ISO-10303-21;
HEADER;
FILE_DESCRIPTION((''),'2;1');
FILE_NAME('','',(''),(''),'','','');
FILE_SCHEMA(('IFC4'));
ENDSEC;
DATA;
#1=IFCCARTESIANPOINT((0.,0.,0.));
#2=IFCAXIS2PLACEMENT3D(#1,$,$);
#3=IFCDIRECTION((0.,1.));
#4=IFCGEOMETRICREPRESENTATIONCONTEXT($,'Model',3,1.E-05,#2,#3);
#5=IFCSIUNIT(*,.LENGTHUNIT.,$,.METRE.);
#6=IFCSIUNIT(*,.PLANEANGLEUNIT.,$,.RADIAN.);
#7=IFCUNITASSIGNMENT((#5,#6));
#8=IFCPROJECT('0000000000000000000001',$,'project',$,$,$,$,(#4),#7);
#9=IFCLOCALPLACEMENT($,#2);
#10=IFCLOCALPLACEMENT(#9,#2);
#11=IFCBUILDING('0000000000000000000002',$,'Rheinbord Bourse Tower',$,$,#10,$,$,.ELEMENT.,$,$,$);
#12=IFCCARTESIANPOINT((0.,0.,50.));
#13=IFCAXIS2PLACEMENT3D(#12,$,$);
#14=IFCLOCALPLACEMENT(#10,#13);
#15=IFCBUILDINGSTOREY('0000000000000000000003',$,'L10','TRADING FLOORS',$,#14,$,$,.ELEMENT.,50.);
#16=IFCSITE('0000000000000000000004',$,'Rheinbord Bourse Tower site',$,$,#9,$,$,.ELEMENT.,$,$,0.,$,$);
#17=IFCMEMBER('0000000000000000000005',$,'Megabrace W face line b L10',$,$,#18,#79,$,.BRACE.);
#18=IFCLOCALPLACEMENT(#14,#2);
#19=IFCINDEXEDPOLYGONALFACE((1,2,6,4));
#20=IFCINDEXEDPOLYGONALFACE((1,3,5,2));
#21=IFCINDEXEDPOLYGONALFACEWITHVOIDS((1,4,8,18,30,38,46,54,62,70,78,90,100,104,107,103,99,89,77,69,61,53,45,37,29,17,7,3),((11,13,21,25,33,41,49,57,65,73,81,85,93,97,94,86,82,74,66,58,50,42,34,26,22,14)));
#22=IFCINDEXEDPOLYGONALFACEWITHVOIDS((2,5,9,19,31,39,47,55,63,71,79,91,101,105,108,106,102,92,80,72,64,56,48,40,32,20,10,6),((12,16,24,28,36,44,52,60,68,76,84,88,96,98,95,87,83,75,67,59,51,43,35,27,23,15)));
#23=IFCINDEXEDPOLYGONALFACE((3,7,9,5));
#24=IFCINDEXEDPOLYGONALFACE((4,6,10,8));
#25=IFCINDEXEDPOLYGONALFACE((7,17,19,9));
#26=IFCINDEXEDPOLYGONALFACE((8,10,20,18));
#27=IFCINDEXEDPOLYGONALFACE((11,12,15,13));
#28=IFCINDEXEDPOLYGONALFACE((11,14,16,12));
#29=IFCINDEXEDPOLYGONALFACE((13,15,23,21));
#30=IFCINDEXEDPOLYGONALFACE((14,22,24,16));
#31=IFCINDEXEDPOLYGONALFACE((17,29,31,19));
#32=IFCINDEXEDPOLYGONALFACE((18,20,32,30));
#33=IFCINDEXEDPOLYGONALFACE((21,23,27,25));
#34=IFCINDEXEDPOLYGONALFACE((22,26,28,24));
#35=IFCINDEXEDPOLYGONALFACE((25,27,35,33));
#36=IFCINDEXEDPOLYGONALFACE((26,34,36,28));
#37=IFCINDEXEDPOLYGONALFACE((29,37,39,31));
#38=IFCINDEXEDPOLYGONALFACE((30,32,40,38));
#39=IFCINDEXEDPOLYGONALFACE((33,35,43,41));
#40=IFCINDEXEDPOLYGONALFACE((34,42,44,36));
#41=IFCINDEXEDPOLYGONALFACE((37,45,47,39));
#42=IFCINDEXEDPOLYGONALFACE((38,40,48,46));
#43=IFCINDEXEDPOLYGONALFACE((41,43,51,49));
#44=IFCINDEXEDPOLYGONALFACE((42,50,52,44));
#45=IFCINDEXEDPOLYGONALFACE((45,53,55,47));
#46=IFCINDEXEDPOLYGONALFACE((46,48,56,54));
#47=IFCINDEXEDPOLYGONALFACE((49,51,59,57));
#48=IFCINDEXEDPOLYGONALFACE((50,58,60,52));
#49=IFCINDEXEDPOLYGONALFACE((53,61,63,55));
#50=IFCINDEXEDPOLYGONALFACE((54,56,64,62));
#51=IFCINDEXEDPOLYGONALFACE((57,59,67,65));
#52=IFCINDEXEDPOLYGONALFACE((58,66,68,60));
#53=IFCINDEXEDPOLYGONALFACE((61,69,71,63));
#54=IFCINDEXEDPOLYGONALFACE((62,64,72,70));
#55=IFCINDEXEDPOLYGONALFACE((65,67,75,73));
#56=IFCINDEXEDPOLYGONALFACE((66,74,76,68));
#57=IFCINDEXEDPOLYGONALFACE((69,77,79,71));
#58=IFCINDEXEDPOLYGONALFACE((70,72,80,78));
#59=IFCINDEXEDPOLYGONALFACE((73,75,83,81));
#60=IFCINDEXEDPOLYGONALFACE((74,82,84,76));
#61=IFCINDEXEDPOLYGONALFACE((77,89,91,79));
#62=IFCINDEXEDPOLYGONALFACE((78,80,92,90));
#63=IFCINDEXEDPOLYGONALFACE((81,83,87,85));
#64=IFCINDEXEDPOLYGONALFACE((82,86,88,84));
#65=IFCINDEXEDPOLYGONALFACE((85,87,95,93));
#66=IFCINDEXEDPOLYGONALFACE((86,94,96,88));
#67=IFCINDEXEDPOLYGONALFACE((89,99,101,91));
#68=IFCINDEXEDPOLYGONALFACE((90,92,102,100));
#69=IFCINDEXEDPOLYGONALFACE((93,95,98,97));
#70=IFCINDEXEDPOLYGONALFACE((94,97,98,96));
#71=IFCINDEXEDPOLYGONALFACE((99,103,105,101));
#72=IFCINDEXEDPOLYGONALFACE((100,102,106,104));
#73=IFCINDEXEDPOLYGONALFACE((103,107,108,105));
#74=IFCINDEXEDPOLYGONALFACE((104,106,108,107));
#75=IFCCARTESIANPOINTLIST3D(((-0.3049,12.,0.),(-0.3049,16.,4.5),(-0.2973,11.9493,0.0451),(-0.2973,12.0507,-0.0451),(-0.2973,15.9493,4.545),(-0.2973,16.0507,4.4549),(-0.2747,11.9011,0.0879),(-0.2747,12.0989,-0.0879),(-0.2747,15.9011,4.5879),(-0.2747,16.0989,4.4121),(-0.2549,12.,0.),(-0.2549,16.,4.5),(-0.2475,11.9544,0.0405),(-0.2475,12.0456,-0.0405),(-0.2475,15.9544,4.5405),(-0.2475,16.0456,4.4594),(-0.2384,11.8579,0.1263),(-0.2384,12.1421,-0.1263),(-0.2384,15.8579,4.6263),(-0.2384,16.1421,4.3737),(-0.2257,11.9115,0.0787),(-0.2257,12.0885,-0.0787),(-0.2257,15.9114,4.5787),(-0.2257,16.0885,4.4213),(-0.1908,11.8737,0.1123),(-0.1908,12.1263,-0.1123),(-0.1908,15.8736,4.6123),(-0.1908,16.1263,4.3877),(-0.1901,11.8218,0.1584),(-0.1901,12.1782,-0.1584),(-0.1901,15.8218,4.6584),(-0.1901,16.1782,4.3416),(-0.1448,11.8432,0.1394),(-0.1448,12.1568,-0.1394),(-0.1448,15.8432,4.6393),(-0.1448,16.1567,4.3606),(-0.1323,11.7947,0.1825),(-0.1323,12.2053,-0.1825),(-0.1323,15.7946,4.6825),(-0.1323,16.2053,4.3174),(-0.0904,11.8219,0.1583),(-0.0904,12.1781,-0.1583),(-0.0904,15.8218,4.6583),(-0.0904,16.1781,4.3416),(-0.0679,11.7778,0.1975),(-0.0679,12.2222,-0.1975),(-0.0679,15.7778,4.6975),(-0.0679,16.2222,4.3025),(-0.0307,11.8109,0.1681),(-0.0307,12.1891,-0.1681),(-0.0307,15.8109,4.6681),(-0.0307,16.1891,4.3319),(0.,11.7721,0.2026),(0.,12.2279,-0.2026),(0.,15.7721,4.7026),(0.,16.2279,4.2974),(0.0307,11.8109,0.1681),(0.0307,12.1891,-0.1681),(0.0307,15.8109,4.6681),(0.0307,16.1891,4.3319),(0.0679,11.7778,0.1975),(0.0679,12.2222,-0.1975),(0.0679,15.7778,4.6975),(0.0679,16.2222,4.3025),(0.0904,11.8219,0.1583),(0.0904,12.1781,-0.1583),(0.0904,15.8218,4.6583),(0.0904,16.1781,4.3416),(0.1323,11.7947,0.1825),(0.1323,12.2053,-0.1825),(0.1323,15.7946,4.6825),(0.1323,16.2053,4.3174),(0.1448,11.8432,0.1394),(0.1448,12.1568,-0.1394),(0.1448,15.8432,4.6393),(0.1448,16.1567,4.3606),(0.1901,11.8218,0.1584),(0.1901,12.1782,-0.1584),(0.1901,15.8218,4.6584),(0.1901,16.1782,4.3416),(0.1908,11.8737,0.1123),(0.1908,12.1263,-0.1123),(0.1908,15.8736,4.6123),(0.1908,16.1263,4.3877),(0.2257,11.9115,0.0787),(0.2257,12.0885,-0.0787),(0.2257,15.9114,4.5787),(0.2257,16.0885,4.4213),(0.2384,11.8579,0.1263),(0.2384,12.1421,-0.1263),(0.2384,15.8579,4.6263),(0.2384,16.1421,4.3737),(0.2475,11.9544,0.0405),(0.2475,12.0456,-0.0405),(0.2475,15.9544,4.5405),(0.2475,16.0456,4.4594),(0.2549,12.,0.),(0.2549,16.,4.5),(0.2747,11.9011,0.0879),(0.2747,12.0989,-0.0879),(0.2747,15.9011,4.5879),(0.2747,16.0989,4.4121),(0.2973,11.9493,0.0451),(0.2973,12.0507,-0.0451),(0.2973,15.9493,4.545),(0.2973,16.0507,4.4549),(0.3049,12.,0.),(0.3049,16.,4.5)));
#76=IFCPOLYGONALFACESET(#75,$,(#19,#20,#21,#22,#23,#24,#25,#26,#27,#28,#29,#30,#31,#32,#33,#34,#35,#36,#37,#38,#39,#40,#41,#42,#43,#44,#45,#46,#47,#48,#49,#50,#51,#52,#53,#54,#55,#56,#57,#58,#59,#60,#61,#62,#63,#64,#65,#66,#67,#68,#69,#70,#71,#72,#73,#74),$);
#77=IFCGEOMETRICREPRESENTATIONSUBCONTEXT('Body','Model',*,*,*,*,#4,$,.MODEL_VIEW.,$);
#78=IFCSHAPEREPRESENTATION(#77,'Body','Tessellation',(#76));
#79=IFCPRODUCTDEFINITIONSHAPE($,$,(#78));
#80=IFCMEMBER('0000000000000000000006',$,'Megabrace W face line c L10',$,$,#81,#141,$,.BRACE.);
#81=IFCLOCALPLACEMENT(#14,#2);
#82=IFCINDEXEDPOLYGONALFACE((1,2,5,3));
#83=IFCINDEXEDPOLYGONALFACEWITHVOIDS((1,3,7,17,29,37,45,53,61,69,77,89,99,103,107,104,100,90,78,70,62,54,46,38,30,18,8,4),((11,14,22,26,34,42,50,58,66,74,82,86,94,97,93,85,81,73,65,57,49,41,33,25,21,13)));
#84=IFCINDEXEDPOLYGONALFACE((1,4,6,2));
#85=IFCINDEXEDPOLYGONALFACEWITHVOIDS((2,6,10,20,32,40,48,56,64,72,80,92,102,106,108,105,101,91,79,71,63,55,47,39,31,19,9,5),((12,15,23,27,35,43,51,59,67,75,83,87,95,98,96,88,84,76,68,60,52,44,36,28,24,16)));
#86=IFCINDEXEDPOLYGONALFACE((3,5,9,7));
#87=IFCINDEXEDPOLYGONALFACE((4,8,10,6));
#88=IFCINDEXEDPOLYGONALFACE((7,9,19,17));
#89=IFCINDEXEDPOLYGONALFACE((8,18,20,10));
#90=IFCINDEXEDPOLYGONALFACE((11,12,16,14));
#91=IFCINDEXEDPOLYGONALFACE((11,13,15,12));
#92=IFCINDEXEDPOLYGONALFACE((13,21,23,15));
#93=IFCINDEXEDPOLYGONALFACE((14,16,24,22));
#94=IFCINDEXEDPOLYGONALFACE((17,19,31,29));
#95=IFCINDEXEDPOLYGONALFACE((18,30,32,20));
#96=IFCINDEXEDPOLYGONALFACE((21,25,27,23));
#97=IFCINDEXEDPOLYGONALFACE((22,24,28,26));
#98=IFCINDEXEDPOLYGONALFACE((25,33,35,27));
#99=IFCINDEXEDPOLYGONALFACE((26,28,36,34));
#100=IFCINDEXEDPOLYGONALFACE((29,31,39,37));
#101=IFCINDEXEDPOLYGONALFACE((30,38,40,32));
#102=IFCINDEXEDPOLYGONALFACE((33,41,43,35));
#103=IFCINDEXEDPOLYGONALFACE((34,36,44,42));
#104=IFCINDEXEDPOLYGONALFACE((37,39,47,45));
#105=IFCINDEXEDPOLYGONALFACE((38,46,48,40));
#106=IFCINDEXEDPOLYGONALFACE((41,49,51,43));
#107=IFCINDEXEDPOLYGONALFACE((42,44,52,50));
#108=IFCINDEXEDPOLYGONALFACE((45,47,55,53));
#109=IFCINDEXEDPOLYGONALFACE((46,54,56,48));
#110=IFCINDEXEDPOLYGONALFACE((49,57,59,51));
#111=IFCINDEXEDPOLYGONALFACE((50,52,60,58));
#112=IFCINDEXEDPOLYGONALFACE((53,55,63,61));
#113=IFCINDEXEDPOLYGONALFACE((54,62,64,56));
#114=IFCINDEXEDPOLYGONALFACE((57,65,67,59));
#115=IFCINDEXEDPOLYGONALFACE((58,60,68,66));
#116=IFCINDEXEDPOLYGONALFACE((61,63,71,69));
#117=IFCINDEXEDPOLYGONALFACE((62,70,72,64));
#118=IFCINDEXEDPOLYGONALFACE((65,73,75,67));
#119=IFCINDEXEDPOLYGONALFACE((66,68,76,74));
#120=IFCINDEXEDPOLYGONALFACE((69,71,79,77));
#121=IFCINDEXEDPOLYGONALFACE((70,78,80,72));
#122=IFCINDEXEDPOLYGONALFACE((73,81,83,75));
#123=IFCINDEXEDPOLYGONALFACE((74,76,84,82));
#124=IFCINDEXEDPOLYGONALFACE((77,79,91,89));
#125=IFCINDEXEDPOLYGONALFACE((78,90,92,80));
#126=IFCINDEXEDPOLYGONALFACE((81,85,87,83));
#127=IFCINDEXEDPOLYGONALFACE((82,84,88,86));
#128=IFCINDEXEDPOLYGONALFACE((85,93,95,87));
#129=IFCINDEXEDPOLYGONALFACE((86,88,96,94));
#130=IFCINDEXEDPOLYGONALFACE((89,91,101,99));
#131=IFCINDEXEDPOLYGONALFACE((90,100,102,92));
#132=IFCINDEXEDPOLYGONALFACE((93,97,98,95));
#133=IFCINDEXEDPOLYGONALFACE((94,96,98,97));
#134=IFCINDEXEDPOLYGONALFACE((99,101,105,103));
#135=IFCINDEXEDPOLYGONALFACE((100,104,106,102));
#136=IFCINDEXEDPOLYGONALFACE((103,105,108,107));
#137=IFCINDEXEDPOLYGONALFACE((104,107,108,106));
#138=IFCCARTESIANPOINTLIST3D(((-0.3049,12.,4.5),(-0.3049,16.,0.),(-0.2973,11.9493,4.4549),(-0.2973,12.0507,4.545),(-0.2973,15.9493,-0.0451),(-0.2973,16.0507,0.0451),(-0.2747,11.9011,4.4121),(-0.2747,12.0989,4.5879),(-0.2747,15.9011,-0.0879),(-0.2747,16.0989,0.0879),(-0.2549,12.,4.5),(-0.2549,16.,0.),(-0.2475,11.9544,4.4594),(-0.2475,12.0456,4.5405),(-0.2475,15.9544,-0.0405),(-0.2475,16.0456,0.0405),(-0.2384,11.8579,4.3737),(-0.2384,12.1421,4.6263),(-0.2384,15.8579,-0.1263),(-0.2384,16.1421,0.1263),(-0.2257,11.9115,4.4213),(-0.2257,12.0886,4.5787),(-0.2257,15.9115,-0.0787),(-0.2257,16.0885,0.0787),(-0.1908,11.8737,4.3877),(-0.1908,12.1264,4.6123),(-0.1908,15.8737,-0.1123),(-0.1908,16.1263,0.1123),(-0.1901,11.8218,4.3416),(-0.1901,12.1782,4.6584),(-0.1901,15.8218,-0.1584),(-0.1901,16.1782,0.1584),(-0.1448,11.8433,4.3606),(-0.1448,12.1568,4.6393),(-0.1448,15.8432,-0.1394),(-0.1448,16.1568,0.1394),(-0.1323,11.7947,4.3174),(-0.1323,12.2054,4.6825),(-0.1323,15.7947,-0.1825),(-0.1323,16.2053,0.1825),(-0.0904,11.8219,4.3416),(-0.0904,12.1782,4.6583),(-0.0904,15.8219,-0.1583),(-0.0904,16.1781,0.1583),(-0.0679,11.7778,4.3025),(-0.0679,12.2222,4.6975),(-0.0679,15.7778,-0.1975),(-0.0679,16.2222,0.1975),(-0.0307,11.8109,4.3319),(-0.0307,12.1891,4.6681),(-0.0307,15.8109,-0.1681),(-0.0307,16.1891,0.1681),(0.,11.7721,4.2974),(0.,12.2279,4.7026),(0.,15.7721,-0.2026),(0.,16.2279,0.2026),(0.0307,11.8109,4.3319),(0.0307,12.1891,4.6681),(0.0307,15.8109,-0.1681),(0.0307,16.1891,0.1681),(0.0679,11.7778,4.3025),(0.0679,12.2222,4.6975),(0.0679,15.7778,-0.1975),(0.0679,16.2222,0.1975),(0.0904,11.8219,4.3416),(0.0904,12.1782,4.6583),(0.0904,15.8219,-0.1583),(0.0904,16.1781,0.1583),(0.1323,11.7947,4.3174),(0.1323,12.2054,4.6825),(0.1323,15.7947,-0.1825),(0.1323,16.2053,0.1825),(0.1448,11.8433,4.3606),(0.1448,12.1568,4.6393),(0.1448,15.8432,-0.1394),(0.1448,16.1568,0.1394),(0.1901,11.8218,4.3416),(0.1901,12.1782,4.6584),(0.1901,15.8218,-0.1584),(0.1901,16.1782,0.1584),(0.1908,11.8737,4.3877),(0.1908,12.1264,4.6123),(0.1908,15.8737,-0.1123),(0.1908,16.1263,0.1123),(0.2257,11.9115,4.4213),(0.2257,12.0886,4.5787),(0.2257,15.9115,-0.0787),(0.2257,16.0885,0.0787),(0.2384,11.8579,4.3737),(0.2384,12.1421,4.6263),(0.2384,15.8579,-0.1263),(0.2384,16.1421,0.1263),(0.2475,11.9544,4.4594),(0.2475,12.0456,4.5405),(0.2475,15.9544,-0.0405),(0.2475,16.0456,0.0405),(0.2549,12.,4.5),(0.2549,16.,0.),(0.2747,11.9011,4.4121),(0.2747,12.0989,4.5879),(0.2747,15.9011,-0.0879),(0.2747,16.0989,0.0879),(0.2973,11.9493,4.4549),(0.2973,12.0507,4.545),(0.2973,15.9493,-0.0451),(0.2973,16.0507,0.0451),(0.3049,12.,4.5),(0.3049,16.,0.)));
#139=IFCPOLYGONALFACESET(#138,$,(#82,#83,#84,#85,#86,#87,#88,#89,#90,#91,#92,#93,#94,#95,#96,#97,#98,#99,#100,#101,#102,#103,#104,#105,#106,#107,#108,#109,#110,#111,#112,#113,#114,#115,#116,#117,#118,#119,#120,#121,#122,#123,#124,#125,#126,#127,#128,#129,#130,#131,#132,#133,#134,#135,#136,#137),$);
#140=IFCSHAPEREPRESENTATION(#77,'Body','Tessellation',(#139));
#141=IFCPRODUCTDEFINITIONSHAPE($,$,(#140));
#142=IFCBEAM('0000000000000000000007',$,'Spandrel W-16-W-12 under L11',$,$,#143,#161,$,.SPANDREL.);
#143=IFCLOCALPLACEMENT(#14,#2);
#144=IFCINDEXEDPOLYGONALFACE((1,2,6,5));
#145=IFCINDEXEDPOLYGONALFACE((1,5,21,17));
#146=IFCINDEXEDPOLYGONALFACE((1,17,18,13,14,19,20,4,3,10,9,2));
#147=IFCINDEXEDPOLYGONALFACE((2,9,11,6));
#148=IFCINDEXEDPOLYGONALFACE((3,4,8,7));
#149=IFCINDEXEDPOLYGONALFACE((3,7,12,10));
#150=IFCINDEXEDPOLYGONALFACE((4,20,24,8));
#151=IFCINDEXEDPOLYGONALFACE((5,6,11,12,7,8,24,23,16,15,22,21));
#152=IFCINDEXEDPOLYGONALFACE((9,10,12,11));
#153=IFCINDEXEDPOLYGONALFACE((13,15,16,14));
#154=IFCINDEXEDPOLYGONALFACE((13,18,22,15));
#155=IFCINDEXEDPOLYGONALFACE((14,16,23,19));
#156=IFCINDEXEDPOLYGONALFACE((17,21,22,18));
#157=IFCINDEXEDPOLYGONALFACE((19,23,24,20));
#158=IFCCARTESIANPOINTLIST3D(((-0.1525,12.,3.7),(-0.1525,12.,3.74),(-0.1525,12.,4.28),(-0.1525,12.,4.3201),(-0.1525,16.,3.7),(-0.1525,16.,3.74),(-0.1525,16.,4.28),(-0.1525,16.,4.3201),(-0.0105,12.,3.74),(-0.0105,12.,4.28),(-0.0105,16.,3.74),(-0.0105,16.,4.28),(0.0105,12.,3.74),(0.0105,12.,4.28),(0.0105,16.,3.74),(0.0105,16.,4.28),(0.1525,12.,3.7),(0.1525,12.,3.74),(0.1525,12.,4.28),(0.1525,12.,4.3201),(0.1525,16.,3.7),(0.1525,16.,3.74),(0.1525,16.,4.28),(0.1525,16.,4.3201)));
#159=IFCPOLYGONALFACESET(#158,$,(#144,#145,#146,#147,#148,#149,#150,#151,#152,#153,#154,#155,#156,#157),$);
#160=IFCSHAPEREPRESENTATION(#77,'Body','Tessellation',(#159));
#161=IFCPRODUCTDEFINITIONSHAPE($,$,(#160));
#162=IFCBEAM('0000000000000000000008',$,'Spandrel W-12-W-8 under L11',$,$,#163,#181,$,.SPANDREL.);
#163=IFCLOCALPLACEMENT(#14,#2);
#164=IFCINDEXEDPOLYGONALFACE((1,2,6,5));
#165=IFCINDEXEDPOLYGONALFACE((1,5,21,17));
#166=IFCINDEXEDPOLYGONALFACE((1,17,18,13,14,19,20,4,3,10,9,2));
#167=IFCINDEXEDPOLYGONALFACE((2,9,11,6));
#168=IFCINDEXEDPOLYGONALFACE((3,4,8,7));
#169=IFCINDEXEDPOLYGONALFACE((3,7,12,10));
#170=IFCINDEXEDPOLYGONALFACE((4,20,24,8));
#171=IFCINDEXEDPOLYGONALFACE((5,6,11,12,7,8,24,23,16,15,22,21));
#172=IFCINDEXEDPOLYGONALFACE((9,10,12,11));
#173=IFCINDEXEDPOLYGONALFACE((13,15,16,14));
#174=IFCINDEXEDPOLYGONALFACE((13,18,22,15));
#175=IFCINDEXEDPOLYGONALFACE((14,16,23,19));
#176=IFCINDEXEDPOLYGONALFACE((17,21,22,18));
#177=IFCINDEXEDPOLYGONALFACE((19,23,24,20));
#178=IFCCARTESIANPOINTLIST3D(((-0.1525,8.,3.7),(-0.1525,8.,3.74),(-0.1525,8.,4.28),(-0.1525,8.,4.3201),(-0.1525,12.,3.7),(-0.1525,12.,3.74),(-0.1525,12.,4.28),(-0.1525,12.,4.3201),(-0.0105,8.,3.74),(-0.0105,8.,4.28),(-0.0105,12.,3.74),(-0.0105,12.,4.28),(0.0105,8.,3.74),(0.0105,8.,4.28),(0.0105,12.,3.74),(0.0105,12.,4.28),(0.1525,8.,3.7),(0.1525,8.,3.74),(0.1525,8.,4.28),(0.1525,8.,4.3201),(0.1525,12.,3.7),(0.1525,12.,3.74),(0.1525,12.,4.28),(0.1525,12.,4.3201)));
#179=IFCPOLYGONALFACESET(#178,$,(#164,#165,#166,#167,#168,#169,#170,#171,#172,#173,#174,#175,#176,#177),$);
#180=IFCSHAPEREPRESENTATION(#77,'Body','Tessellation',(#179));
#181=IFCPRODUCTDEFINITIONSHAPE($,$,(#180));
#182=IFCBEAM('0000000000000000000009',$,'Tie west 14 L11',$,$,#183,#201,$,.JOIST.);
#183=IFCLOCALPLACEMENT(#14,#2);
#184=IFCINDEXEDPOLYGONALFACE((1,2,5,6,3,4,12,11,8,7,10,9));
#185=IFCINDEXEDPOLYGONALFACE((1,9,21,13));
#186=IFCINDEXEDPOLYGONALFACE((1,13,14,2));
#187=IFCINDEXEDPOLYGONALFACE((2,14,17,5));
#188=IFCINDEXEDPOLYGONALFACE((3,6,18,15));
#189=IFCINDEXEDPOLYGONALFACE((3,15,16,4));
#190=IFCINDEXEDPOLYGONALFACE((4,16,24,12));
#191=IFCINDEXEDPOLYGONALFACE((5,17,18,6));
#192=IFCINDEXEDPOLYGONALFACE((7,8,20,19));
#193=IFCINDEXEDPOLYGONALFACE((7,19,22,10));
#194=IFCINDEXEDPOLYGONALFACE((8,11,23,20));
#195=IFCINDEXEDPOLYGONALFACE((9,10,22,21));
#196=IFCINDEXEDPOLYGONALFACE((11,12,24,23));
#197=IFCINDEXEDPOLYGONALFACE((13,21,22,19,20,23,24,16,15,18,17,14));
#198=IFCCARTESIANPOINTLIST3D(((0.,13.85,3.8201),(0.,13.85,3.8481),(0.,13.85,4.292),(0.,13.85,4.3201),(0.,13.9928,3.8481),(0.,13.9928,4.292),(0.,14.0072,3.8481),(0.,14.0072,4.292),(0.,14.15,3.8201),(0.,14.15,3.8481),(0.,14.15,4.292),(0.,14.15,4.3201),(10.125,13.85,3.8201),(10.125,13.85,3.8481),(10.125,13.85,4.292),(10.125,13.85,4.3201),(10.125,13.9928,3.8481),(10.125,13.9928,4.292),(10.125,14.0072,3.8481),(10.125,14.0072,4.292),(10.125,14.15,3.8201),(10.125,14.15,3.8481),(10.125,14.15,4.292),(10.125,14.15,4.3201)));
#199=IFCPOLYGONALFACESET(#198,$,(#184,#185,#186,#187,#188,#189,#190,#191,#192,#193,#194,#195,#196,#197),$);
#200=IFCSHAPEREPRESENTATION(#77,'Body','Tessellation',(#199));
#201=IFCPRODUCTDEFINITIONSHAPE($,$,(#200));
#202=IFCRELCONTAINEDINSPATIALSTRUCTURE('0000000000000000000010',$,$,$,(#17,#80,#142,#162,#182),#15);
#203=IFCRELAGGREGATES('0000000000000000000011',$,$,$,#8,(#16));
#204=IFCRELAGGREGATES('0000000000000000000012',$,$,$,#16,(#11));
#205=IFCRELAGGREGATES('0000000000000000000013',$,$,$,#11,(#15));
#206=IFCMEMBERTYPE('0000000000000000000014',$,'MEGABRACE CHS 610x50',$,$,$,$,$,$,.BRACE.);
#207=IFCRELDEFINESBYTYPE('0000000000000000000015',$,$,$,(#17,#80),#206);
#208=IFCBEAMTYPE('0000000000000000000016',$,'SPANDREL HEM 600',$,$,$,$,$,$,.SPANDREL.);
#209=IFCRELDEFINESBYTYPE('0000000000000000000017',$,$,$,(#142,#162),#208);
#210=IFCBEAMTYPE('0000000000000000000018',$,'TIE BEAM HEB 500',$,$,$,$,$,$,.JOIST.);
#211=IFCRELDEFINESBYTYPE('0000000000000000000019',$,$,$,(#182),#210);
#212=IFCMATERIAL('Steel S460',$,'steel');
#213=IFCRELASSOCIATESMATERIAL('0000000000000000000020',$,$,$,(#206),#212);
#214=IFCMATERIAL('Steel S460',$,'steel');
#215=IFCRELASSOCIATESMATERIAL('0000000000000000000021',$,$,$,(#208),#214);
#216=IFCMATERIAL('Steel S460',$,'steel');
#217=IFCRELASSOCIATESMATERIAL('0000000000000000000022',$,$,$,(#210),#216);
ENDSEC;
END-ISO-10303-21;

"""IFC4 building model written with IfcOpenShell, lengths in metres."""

from ifc_helpers import new_model, si_unit, direction, frame, origin, origin_2d, place, context, subcontext, project, spatial, hollow_circle, i_section, extrude, material, material_profile, profile_set, type_object, element, save


model = new_model("IFC4")

# Units and contexts
model_context = context("Model", 3, precision=1e-05, world=origin(), true_north=direction((0.0, 1.0)))
body_context = subcontext(model_context, "Body", "Model", "MODEL_VIEW")
ifc_project = project(units=[si_unit("LENGTHUNIT", "METRE"), si_unit("PLANEANGLEUNIT", "RADIAN")], contexts=[model_context])

# Site, building, storey
site_placement = place(None, origin())
site = spatial("IfcSite", under=ifc_project, at=site_placement, Name="Rheinbord Bourse Tower site", CompositionType="ELEMENT", RefElevation=0.0)
building_placement = place(site_placement, origin())
building = spatial("IfcBuilding", under=site, at=building_placement, Name="Rheinbord Bourse Tower", CompositionType="ELEMENT")
storey_placement = place(building_placement, frame((0.0, 0.0, 50.0)))
storey = spatial("IfcBuildingStorey", under=building, at=storey_placement, Name="L10", Description="TRADING FLOORS", CompositionType="ELEMENT", Elevation=50.0)

# Members
ifc_material_1 = material(Name="Steel S460", Category="steel")
ifc_material_profile_1 = material_profile(ifc_material_1, hollow_circle(Radius=0.3049, WallThickness=0.05, at=origin_2d()), Name="CHS 610x50")
ifc_profile_set_1 = profile_set([ifc_material_profile_1], Name="Steel S460")
member_type_1 = type_object("IfcMemberType", Name="MEGABRACE CHS 610x50", PredefinedType="BRACE", material=ifc_profile_set_1)
for number, where, z_axis, x_axis, name in (
    (1, (0.0, 12.0, 0.0), (0.0, 0.664364, 0.747409), (-1.0, 0.0, 0.0), "Megabrace W face line b L10"),
    (2, (0.0, 16.0, 0.0), (0.0, -0.664364, 0.747409), (1.0, 0.0, 0.0), "Megabrace W face line c L10"),
):
    element("IfcMember", number, at=place(storey_placement, frame(where, z_axis=z_axis, x_axis=x_axis)), inside=storey, type_object=member_type_1, Name=name, PredefinedType="BRACE", context=body_context, shape_type="SweptSolid", body=[
        extrude(hollow_circle(Radius=0.3049, WallThickness=0.05, at=origin_2d()), origin(), (0.0, 0.0, 1.0), 6.0208),
    ])

# Beams
ifc_material_2 = material(Name="Steel S460", Category="steel")
ifc_material_profile_2 = material_profile(ifc_material_2, i_section(OverallWidth=0.3049, OverallDepth=0.6201, WebThickness=0.021, FlangeThickness=0.04, at=origin_2d()), Name="HEM 600")
ifc_profile_set_2 = profile_set([ifc_material_profile_2], Name="Steel S460")
beam_type_1 = type_object("IfcBeamType", Name="SPANDREL HEM 600", PredefinedType="SPANDREL", material=ifc_profile_set_2)
for number, where, z_axis, x_axis, name in (
    (3, (0.0, 16.0, 4.01), (0.0, -1.0, 0.0), (1.0, 0.0, 0.0), "Spandrel W-16-W-12 under L11"),
    (4, (0.0, 12.0, 4.01), (0.0, -1.0, 0.0), (1.0, 0.0, 0.0), "Spandrel W-12-W-8 under L11"),
):
    element("IfcBeam", number, at=place(storey_placement, frame(where, z_axis=z_axis, x_axis=x_axis)), inside=storey, type_object=beam_type_1, Name=name, PredefinedType="SPANDREL", context=body_context, shape_type="SweptSolid", body=[
        extrude(i_section(OverallWidth=0.3049, OverallDepth=0.6201, WebThickness=0.021, FlangeThickness=0.04, at=origin_2d()), origin(), (0.0, 0.0, 1.0), 4.0),
    ])
ifc_material_3 = material(Name="Steel S460", Category="steel")
ifc_material_profile_3 = material_profile(ifc_material_3, i_section(OverallWidth=0.3, OverallDepth=0.5, WebThickness=0.0144, FlangeThickness=0.0281, at=origin_2d()), Name="HEB 500")
ifc_profile_set_3 = profile_set([ifc_material_profile_3], Name="Steel S460")
beam_type_2 = type_object("IfcBeamType", Name="TIE BEAM HEB 500", PredefinedType="JOIST", material=ifc_profile_set_3)
beam_1_placement = place(storey_placement, frame((0.0, 14.0, 4.0701), z_axis=(1.0, 0.0, 0.0), x_axis=(0.0, 1.0, 0.0)))
element("IfcBeam", 5, at=beam_1_placement, inside=storey, type_object=beam_type_2, Name="Tie west 14 L11", PredefinedType="JOIST", context=body_context, shape_type="SweptSolid", body=[
    extrude(i_section(OverallWidth=0.3, OverallDepth=0.5, WebThickness=0.0144, FlangeThickness=0.0281, at=origin_2d()), origin(), (0.0, 0.0, 1.0), 10.125),
])

save(model, "model.ifc")
